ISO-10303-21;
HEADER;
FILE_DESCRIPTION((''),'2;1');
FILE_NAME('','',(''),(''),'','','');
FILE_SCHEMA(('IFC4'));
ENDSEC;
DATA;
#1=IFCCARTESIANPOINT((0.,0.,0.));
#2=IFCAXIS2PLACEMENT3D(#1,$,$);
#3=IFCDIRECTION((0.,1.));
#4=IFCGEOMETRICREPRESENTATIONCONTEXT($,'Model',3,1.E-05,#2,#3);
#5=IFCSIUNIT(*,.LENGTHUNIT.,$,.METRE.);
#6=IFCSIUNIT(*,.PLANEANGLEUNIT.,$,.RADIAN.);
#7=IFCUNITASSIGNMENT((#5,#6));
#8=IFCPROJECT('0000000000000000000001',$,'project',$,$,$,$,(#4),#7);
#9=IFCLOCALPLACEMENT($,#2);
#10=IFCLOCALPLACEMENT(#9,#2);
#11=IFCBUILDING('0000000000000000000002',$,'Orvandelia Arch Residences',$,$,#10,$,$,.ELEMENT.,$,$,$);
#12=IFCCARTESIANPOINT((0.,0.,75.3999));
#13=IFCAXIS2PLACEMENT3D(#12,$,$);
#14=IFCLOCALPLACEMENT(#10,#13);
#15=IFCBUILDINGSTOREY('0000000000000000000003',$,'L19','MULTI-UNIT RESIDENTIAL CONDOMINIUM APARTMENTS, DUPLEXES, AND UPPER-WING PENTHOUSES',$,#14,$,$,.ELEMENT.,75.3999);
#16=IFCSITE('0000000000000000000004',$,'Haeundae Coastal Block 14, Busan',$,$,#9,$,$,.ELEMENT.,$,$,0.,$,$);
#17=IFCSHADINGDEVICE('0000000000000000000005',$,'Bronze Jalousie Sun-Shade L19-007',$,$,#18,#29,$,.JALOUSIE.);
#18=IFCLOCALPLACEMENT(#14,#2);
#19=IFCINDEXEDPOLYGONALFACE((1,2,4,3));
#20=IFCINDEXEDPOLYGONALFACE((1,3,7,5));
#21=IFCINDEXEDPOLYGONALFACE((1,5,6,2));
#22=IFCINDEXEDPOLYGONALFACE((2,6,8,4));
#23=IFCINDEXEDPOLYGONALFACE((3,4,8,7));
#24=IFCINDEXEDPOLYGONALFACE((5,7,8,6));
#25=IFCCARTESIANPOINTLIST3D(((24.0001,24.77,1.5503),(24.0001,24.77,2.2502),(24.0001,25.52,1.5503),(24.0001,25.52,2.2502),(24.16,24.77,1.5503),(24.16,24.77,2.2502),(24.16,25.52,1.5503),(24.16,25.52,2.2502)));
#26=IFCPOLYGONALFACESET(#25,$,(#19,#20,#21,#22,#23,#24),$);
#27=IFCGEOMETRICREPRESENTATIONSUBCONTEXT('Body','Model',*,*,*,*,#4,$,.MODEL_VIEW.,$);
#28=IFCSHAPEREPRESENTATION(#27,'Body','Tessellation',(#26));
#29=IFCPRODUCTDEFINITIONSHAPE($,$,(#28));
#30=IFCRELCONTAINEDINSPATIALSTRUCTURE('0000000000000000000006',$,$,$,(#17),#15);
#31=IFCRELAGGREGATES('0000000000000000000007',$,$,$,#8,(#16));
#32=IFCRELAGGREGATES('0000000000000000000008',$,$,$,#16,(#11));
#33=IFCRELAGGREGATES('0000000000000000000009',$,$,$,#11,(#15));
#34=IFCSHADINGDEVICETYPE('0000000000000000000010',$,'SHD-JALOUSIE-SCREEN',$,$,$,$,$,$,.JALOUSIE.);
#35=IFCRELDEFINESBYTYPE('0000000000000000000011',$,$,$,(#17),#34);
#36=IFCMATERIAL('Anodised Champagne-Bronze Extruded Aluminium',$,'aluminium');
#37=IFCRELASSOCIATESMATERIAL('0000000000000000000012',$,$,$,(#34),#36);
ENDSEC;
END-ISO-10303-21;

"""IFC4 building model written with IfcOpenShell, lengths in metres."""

from ifc_helpers import new_model, si_unit, direction, frame, origin, origin_2d, place, context, subcontext, project, spatial, rectangle, extrude, material, type_object, element, save


model = new_model("IFC4")

# Units and contexts
model_context = context("Model", 3, precision=1e-05, world=origin(), true_north=direction((0.0, 1.0)))
body_context = subcontext(model_context, "Body", "Model", "MODEL_VIEW")
ifc_project = project(units=[si_unit("LENGTHUNIT", "METRE"), si_unit("PLANEANGLEUNIT", "RADIAN")], contexts=[model_context])

# Site, building, storey
site_placement = place(None, origin())
site = spatial("IfcSite", under=ifc_project, at=site_placement, Name="Haeundae Coastal Block 14, Busan", CompositionType="ELEMENT", RefElevation=0.0)
building_placement = place(site_placement, origin())
building = spatial("IfcBuilding", under=site, at=building_placement, Name="Orvandelia Arch Residences", CompositionType="ELEMENT")
storey_placement = place(building_placement, frame((0.0, 0.0, 75.3999)))
storey = spatial("IfcBuildingStorey", under=building, at=storey_placement, Name="L19", Description="MULTI-UNIT RESIDENTIAL CONDOMINIUM APARTMENTS, DUPLEXES, AND UPPER-WING PENTHOUSES", CompositionType="ELEMENT", Elevation=75.3999)

# Shading device
ifc_material_1 = material(Name="Anodised Champagne-Bronze Extruded Aluminium", Category="aluminium")
shading_device_type = type_object("IfcShadingDeviceType", Name="SHD-JALOUSIE-SCREEN", PredefinedType="JALOUSIE", material=ifc_material_1)
shading_device_placement = place(storey_placement, frame((24.0801, 25.145, 1.5503), z_axis=(0.0, 0.0, 1.0), x_axis=(0.0, -1.0, 0.0)))
element("IfcShadingDevice", 1, at=shading_device_placement, inside=storey, type_object=shading_device_type, Name="Bronze Jalousie Sun-Shade L19-007", PredefinedType="JALOUSIE", context=body_context, shape_type="SweptSolid", body=[
    extrude(rectangle(XDim=0.75, YDim=0.1599, at=origin_2d()), origin(), (0.0, 0.0, 1.0), 0.7),
])

save(model, "model.ifc")
